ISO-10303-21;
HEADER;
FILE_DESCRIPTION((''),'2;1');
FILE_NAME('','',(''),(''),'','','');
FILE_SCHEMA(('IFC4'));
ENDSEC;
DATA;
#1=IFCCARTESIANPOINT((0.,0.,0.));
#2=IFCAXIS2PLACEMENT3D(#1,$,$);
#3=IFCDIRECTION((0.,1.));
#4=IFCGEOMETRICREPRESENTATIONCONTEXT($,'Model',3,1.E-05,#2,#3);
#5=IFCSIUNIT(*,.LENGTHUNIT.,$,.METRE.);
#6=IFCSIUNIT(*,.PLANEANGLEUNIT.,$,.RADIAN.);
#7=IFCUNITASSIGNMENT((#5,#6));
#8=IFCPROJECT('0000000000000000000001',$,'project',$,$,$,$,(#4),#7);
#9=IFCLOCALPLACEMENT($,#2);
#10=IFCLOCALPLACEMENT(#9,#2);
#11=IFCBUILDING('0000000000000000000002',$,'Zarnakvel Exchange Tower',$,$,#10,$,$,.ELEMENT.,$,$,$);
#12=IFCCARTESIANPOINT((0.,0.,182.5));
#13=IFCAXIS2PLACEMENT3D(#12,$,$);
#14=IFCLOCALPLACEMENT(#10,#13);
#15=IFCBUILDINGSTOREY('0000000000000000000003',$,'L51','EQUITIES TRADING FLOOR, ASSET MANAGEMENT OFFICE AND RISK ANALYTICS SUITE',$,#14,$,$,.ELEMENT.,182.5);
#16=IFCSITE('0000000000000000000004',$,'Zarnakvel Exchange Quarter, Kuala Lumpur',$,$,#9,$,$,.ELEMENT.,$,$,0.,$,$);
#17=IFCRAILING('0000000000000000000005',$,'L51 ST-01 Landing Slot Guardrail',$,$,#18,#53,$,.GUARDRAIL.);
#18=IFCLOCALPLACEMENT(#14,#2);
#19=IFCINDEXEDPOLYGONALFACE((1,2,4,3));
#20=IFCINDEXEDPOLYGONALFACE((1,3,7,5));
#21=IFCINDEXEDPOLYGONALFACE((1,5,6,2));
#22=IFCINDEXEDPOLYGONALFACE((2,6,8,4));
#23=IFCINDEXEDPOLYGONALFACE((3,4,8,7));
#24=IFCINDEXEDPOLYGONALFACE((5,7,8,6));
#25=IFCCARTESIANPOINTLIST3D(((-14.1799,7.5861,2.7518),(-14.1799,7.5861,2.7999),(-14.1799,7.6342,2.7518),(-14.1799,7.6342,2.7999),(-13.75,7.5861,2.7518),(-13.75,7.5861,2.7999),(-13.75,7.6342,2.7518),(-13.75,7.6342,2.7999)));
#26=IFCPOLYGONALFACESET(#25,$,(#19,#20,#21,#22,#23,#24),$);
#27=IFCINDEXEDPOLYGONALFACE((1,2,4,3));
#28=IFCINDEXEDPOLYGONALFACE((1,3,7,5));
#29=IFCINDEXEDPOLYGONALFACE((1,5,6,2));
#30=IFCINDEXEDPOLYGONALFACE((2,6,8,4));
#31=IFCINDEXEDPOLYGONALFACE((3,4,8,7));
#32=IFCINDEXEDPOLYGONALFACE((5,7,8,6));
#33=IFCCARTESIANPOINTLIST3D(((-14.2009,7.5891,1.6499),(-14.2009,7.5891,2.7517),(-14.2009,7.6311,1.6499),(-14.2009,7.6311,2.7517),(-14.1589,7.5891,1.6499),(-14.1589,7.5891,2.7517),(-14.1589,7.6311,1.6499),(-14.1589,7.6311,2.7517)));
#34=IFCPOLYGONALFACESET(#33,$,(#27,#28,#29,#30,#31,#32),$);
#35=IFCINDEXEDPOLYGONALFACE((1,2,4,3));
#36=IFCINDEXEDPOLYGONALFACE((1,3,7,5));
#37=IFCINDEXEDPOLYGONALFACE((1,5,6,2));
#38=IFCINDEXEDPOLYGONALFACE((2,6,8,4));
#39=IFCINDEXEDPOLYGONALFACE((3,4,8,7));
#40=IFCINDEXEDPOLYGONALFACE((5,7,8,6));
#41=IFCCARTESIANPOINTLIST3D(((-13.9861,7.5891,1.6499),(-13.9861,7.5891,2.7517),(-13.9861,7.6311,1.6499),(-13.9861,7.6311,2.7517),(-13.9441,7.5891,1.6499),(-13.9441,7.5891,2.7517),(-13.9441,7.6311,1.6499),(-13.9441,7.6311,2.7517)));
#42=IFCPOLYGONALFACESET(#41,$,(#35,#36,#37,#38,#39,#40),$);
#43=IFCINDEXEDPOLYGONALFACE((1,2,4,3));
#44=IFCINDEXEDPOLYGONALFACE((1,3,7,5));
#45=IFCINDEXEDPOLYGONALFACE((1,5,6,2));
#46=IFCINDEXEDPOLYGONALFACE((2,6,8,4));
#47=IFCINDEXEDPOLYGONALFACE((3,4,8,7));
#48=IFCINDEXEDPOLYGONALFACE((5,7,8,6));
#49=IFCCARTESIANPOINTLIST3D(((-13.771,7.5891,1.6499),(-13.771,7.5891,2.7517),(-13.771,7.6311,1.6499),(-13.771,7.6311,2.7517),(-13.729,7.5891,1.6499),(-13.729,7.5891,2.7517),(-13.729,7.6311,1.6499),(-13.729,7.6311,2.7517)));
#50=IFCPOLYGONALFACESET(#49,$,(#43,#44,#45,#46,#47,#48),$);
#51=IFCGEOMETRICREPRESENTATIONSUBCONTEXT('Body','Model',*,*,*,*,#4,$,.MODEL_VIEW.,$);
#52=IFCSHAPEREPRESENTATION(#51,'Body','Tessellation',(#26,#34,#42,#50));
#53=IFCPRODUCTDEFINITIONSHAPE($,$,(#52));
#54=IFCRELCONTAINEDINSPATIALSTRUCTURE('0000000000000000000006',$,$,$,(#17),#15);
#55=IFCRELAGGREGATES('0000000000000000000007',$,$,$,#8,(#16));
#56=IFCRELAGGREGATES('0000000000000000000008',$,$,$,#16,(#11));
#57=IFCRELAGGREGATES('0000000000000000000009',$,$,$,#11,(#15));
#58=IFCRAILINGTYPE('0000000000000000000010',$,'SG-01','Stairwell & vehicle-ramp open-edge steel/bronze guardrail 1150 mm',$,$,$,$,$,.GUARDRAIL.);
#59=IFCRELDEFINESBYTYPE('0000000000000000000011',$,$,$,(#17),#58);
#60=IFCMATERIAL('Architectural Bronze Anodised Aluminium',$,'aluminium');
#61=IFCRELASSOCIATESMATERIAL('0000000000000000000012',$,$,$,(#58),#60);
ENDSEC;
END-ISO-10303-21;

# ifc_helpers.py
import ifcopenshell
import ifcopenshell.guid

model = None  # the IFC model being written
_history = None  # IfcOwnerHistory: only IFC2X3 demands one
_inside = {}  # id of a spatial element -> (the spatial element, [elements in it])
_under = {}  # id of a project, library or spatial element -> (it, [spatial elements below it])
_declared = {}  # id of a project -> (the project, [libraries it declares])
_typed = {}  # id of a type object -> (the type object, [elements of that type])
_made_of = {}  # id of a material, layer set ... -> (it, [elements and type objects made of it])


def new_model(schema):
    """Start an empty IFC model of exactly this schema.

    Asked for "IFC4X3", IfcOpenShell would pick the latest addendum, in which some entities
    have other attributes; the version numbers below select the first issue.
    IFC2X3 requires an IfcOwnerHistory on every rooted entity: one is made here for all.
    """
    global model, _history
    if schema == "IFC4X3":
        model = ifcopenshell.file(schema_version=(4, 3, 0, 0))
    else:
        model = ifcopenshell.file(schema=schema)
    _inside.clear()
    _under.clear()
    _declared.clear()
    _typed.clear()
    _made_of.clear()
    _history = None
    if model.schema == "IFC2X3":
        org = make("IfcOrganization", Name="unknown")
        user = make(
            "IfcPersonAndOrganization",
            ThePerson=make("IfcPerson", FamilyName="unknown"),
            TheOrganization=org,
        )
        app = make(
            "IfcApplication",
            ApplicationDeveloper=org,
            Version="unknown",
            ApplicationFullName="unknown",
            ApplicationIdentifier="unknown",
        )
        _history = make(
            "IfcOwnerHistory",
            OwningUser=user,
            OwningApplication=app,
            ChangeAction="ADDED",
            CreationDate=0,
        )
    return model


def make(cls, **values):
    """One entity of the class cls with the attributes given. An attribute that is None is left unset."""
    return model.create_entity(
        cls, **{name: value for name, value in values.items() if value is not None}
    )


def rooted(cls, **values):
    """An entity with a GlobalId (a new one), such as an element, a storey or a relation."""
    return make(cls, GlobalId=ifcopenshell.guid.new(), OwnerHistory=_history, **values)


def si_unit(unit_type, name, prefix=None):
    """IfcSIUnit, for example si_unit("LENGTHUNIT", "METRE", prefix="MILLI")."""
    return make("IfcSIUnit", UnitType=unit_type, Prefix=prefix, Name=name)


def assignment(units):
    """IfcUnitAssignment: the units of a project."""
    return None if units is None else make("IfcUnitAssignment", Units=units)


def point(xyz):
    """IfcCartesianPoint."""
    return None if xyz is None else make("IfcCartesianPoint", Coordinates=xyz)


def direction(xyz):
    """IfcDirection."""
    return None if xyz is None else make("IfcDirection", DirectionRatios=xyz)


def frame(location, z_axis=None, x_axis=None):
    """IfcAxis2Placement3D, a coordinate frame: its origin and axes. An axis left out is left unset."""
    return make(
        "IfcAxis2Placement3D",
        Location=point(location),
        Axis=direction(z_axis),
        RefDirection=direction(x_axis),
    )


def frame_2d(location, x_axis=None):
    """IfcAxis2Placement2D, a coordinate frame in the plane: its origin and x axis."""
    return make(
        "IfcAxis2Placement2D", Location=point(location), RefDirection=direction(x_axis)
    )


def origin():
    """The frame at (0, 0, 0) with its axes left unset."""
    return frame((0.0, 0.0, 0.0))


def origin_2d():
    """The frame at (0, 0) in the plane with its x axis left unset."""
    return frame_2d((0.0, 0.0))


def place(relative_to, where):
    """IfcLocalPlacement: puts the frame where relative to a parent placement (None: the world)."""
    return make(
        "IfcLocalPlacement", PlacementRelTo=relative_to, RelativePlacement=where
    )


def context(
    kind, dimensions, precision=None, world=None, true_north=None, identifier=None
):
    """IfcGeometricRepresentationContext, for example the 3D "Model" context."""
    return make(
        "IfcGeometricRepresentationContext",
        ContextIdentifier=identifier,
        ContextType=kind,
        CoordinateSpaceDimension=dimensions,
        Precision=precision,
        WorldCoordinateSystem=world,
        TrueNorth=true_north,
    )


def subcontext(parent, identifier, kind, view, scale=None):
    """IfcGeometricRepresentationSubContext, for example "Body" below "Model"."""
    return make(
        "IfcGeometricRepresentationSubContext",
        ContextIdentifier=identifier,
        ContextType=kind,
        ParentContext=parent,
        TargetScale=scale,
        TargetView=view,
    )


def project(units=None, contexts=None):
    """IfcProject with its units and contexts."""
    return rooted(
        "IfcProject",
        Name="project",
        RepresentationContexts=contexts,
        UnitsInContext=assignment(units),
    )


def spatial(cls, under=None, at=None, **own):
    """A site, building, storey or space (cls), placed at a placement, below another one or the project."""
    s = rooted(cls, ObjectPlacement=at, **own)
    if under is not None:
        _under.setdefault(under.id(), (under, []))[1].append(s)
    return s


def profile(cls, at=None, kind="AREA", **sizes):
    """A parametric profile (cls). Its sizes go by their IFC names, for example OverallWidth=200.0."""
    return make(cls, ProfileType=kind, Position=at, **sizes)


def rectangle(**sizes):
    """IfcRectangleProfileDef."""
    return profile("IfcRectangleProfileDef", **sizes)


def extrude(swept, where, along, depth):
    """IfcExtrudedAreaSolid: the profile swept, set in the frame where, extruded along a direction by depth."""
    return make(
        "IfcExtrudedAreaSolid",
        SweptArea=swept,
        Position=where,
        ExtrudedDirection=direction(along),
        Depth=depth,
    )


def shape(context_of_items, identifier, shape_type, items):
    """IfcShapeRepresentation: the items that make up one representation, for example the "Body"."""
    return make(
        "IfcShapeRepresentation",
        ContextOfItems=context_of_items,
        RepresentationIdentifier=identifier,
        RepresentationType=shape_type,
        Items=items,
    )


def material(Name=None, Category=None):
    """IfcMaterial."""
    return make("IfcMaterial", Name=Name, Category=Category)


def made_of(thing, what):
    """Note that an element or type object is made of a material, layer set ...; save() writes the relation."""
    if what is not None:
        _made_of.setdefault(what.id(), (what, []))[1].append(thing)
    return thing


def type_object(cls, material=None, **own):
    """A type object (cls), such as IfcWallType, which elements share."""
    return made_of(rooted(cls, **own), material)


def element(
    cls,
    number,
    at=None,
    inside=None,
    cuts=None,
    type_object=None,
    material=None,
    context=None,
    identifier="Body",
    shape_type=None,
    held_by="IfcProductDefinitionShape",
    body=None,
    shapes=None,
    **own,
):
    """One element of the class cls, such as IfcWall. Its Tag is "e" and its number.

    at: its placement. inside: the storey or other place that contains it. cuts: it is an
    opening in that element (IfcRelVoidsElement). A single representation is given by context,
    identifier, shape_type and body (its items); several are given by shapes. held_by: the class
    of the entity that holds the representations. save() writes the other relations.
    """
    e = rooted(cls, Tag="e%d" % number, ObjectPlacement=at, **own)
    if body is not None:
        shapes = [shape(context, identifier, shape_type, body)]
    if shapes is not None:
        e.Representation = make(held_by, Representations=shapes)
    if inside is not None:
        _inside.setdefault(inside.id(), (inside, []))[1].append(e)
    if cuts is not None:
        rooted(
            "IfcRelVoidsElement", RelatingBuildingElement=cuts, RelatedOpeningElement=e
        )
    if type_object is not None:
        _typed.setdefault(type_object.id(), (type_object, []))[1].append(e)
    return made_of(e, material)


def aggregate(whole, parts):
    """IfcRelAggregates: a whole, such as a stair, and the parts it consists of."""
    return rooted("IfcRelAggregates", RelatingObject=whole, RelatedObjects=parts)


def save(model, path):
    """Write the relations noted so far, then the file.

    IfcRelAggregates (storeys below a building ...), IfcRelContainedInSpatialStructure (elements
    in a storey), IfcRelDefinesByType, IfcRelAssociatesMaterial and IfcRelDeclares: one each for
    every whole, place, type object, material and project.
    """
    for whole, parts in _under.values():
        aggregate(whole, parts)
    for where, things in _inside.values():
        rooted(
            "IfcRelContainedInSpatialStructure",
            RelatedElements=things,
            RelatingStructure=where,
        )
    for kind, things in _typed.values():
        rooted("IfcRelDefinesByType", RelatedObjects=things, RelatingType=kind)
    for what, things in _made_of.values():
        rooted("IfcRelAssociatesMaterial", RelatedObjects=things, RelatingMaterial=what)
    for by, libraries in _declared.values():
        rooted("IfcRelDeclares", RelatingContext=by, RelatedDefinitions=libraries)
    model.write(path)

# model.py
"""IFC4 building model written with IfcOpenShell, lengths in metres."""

from ifc_helpers import new_model, si_unit, direction, frame, origin, origin_2d, place, context, subcontext, project, spatial, rectangle, extrude, material, type_object, element, save


model = new_model("IFC4")

# Units and contexts
model_context = context("Model", 3, precision=1e-05, world=origin(), true_north=direction((0.0, 1.0)))
body_context = subcontext(model_context, "Body", "Model", "MODEL_VIEW")
ifc_project = project(units=[si_unit("LENGTHUNIT", "METRE"), si_unit("PLANEANGLEUNIT", "RADIAN")], contexts=[model_context])

# Site, building, storey
site_placement = place(None, origin())
site = spatial("IfcSite", under=ifc_project, at=site_placement, Name="Zarnakvel Exchange Quarter, Kuala Lumpur", CompositionType="ELEMENT", RefElevation=0.0)
building_placement = place(site_placement, origin())
building = spatial("IfcBuilding", under=site, at=building_placement, Name="Zarnakvel Exchange Tower", CompositionType="ELEMENT")
storey_placement = place(building_placement, frame((0.0, 0.0, 182.5)))
storey = spatial("IfcBuildingStorey", under=building, at=storey_placement, Name="L51", Description="EQUITIES TRADING FLOOR, ASSET MANAGEMENT OFFICE AND RISK ANALYTICS SUITE", CompositionType="ELEMENT", Elevation=182.5)

# Shared definitions
ifc_material_1 = material(Name="Architectural Bronze Anodised Aluminium", Category="aluminium")

# Railing
railing_type_1 = type_object("IfcRailingType", Name="SG-01", Description="Stairwell & vehicle-ramp open-edge steel/bronze guardrail 1150 mm", PredefinedType="GUARDRAIL", material=ifc_material_1)
railing_1_placement = place(storey_placement, frame((-14.1799, 7.6101, 1.6499)))
element("IfcRailing", 1, at=railing_1_placement, inside=storey, type_object=railing_type_1, Name="L51 ST-01 Landing Slot Guardrail", PredefinedType="GUARDRAIL", context=body_context, shape_type="SweptSolid", body=[
    extrude(rectangle(XDim=0.0481, YDim=0.0481, at=origin_2d()), frame((0.0, 0.0, 1.126), z_axis=(1.0, 0.0, 0.0), x_axis=(0.0, 1.0, 0.0)), (0.0, 0.0, 1.0), 0.4299),
    extrude(rectangle(XDim=0.042, YDim=0.042, at=origin_2d()), origin(), (0.0, 0.0, 1.0), 1.1018),
    extrude(rectangle(XDim=0.042, YDim=0.042, at=origin_2d()), frame((0.2148, 0.0, 0.0)), (0.0, 0.0, 1.0), 1.1018),
    extrude(rectangle(XDim=0.042, YDim=0.042, at=origin_2d()), frame((0.4299, 0.0, 0.0)), (0.0, 0.0, 1.0), 1.1018),
])

save(model, "model.ifc")
